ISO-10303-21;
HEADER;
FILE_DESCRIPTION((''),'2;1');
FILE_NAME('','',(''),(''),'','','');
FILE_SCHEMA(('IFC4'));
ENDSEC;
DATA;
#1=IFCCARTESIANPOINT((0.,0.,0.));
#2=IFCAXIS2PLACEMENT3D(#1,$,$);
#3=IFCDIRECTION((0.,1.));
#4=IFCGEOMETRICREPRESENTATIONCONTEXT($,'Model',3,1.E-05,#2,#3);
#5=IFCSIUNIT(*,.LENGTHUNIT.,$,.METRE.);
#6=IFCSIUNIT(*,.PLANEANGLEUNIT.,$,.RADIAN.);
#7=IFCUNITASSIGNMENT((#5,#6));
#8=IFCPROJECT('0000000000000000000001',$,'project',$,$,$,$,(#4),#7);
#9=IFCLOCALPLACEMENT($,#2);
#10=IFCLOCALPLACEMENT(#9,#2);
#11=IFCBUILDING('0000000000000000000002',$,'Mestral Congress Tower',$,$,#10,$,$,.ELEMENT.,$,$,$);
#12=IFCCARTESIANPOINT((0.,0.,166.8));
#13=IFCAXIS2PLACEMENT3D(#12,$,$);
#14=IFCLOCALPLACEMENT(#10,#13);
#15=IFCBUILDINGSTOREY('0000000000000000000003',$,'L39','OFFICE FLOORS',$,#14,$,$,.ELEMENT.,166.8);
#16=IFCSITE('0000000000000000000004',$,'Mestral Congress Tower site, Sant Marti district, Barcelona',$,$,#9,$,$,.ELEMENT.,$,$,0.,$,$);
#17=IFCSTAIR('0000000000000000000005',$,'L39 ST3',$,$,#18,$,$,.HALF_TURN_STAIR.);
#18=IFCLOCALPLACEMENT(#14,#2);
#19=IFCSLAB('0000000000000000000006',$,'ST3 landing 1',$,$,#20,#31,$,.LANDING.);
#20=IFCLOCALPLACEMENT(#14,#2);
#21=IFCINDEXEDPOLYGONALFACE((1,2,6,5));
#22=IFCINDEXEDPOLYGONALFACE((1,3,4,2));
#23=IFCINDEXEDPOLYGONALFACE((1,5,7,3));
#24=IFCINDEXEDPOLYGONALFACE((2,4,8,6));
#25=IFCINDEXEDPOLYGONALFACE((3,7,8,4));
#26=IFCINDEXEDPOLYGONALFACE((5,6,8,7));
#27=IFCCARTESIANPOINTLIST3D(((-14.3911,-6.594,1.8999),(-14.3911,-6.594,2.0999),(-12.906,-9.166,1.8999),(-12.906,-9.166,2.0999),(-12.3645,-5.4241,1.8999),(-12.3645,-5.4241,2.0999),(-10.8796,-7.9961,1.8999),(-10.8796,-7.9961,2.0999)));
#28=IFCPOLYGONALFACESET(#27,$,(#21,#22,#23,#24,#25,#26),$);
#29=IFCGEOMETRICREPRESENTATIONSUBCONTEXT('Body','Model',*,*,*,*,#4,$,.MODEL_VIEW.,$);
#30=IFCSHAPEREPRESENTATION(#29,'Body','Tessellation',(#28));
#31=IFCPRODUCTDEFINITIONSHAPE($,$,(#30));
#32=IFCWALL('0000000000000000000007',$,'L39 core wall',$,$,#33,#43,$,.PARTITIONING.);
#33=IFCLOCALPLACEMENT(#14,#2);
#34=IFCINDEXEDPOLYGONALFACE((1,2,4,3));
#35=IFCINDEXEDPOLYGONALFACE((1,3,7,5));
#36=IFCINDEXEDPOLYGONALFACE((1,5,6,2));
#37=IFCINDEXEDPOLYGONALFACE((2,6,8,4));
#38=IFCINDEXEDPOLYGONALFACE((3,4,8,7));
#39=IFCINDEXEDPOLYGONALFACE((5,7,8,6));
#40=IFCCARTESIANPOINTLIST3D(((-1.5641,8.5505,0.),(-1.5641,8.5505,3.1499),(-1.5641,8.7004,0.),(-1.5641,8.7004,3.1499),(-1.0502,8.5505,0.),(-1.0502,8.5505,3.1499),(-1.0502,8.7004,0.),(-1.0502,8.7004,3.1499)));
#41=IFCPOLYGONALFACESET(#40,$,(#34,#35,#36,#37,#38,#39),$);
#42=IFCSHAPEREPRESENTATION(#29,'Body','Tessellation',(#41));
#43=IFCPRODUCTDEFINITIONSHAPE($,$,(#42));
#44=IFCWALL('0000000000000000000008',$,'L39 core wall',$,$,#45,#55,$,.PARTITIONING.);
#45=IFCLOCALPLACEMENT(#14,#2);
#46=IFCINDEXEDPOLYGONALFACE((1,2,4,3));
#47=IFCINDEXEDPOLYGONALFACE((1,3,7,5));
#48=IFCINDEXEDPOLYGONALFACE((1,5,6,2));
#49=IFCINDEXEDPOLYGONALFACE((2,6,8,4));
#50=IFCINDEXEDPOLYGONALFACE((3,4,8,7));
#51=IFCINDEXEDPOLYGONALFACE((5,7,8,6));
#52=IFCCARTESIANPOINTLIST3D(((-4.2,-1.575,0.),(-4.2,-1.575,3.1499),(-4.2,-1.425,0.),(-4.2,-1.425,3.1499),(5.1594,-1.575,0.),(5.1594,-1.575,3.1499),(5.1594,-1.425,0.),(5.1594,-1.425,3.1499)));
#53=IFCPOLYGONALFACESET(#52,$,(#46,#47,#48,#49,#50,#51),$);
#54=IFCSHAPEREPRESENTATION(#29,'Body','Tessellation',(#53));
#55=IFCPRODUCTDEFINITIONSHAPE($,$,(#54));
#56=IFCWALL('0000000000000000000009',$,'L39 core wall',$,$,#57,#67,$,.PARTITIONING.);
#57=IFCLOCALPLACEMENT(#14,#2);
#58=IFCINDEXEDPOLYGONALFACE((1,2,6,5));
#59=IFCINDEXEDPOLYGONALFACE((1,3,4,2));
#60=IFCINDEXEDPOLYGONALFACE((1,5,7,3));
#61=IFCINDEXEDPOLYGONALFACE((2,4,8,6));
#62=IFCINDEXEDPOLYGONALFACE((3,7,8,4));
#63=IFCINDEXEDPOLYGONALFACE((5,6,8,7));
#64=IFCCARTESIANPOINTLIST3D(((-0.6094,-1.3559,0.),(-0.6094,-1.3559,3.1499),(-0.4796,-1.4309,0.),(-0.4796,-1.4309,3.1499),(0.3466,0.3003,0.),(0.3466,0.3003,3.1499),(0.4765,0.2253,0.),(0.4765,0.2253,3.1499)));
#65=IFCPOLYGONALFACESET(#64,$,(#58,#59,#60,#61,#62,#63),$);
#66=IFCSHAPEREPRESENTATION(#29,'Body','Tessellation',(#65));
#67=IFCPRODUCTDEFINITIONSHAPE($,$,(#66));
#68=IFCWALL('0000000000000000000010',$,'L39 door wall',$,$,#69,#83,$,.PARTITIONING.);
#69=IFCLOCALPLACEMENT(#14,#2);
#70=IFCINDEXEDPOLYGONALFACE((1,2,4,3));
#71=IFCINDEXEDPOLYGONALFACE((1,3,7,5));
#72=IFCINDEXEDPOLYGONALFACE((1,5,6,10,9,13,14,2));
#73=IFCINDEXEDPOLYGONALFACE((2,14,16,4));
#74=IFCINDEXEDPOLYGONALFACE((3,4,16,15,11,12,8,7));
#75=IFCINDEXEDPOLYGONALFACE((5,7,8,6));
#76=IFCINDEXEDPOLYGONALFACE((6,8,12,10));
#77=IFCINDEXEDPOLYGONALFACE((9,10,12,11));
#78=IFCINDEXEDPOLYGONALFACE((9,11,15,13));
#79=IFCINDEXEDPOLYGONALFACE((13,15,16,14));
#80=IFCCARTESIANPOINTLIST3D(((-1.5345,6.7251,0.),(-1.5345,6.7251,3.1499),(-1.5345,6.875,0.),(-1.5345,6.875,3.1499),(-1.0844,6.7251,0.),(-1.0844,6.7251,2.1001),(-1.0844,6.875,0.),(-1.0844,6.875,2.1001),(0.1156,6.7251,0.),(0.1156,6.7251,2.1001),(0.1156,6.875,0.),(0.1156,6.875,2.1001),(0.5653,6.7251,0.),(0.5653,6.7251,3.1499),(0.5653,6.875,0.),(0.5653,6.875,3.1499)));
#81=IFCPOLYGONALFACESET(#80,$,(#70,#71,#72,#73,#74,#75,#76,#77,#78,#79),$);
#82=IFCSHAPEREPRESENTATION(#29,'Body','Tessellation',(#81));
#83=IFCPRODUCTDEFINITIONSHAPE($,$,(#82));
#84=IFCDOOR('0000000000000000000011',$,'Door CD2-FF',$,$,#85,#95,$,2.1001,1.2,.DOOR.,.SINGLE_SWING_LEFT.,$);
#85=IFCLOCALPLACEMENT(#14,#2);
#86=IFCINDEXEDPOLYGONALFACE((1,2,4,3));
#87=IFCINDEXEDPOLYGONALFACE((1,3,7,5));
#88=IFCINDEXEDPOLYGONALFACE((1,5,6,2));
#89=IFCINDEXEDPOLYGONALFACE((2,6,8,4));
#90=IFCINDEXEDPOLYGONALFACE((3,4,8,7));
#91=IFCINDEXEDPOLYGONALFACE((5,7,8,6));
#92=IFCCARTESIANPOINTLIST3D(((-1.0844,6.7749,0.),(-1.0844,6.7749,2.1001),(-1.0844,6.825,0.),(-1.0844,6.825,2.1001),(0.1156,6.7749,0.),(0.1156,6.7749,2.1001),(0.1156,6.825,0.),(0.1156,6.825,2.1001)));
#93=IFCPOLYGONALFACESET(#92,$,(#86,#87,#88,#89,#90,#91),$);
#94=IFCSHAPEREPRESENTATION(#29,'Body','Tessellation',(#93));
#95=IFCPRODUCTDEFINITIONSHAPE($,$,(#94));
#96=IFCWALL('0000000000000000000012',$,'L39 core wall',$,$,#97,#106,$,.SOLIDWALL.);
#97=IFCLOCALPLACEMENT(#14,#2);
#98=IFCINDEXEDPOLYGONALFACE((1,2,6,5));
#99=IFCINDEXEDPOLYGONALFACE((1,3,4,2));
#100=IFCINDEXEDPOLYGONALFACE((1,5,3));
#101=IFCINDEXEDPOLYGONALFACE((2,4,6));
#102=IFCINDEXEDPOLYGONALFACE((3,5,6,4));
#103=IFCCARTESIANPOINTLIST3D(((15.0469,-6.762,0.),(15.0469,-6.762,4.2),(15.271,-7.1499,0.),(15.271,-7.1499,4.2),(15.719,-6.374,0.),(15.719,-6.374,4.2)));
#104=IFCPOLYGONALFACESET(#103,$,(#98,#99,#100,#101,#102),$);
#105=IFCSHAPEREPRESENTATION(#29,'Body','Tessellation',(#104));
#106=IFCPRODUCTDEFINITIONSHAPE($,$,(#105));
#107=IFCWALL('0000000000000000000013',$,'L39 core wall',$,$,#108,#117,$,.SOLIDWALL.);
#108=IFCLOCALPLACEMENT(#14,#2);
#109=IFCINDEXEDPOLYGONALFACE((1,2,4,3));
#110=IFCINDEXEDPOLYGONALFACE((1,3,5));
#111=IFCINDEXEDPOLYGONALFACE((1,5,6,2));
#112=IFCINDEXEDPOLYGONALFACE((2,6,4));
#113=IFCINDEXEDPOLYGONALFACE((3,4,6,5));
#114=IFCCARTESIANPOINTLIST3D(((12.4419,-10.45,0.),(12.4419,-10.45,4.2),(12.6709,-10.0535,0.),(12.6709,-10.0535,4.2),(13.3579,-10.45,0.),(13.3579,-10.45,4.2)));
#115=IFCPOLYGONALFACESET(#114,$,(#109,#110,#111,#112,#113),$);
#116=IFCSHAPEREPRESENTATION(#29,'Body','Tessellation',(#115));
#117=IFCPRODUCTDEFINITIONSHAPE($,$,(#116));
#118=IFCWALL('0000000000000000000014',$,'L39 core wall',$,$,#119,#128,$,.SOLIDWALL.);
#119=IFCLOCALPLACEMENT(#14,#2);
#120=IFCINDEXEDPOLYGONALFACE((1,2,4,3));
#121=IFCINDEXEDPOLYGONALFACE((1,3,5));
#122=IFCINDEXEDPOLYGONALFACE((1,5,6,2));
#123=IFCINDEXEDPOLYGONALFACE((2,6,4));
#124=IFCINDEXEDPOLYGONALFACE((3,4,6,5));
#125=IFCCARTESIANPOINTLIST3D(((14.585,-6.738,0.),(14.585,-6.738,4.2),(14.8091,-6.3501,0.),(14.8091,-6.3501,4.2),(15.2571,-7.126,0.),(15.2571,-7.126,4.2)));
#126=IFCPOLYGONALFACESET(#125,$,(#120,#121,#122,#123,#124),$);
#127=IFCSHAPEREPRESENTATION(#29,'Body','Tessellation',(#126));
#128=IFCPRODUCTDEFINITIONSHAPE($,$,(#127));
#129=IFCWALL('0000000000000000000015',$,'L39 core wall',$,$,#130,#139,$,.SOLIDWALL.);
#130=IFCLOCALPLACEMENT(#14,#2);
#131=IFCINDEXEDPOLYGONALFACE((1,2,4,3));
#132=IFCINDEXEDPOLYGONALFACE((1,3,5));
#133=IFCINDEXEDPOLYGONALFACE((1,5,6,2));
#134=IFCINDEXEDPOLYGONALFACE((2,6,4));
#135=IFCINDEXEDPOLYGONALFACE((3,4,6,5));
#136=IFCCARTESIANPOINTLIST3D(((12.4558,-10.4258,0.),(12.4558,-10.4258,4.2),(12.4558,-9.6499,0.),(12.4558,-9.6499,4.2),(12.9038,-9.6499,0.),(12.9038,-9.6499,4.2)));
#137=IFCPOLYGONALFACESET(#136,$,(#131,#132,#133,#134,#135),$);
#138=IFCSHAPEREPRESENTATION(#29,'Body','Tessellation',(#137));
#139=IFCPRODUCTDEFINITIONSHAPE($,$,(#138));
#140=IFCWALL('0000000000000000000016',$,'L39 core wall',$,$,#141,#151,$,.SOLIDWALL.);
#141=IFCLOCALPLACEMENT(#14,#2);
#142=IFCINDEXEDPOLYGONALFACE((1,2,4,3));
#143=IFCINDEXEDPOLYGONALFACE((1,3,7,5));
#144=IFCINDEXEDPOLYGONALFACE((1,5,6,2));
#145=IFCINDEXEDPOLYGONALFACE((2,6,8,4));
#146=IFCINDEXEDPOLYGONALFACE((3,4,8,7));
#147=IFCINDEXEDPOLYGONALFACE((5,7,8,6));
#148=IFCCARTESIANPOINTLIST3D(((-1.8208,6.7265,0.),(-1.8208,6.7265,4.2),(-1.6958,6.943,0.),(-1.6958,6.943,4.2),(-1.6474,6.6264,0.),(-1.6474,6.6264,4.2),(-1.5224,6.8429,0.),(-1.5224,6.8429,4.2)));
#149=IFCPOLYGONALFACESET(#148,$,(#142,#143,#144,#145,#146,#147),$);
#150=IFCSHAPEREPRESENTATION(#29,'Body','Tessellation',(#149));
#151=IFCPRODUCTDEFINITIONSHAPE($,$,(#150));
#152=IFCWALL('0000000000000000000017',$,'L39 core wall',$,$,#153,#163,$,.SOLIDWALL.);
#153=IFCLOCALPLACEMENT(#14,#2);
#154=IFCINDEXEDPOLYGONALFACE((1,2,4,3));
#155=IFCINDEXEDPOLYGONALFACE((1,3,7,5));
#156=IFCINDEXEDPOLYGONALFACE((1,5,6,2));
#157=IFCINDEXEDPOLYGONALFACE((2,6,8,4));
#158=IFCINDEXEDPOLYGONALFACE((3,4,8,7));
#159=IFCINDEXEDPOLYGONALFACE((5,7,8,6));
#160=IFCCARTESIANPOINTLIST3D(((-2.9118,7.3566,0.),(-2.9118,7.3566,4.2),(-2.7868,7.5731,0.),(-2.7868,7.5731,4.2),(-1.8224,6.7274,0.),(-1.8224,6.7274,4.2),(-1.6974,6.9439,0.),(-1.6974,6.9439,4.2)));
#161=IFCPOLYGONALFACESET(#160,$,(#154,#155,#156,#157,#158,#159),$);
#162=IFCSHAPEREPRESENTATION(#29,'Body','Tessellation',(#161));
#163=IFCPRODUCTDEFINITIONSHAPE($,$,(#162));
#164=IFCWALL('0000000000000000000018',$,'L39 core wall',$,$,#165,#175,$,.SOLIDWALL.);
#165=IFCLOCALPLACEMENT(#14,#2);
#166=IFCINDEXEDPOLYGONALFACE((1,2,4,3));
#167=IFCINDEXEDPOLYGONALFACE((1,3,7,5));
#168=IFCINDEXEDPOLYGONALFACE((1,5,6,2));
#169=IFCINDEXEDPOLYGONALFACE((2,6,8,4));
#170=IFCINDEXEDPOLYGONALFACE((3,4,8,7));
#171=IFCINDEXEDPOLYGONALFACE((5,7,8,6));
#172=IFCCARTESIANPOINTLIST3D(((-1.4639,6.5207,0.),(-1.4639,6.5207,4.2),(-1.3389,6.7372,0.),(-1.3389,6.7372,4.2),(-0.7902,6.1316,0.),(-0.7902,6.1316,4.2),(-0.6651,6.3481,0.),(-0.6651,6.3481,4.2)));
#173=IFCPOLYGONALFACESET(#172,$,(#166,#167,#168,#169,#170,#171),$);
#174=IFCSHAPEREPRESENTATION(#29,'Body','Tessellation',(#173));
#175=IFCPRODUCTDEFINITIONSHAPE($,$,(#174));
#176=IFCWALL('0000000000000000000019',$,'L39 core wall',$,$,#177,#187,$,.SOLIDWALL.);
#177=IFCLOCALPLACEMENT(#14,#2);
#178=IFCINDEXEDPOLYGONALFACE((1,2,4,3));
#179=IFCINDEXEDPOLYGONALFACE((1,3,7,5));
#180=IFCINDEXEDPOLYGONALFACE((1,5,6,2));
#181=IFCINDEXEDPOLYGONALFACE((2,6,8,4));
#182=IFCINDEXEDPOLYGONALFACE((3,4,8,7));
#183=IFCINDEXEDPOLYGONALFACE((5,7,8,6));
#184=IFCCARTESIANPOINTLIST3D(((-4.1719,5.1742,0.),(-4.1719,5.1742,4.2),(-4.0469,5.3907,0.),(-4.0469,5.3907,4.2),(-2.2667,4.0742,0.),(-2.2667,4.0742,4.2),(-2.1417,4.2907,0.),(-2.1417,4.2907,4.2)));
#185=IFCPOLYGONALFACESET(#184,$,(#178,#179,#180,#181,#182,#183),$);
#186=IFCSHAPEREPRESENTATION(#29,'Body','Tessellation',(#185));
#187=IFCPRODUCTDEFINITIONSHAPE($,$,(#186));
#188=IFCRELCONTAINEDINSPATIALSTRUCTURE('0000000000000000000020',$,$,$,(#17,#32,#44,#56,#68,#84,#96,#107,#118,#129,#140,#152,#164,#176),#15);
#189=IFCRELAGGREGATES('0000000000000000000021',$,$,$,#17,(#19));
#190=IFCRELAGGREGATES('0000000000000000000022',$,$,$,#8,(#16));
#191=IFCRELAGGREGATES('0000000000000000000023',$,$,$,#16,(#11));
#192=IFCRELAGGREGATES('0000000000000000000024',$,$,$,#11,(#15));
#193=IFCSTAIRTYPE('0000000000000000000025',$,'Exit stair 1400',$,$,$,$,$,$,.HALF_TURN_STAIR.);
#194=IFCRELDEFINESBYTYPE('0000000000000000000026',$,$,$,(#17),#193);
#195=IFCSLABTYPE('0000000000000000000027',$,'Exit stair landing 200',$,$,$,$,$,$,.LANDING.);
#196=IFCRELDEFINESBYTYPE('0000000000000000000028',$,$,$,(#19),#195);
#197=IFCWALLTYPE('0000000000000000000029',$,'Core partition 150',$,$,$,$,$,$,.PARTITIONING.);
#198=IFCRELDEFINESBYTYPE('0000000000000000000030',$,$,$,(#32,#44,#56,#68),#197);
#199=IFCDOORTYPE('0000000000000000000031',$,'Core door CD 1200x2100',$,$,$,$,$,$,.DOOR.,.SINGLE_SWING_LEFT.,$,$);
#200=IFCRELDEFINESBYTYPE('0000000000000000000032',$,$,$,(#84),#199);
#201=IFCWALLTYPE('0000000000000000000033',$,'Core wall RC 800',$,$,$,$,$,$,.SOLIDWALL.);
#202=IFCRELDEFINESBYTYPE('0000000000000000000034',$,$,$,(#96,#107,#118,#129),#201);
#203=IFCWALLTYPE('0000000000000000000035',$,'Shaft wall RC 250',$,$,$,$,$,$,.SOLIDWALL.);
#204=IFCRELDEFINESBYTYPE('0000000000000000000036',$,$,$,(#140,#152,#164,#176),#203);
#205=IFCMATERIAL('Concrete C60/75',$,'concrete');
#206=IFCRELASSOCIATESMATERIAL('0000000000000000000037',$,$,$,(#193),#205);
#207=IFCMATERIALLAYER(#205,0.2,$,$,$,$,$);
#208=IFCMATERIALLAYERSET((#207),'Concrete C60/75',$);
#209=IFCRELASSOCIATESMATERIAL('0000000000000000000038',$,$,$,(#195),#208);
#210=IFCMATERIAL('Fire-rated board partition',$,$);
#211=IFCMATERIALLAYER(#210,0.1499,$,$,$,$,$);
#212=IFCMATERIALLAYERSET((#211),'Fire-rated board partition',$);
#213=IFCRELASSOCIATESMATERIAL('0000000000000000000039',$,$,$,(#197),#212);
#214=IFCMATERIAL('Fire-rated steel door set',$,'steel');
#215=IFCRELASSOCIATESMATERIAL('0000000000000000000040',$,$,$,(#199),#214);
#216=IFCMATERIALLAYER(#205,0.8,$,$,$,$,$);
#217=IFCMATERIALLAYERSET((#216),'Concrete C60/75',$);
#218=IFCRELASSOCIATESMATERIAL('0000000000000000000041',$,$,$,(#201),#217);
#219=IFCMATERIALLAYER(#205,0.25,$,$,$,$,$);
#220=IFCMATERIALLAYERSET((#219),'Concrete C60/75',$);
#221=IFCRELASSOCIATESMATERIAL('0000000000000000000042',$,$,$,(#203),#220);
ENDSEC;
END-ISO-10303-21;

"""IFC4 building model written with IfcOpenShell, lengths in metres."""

from ifc_helpers import new_model, si_unit, direction, frame, frame_2d, origin, place, context, subcontext, project, spatial, polyline, rectangle, outline, extrude, material, layer, layer_set, type_object, element, fill, aggregate, save


model = new_model("IFC4")

# Units and contexts
model_context = context("Model", 3, precision=1e-05, world=origin(), true_north=direction((0.0, 1.0)))
body_context = subcontext(model_context, "Body", "Model", "MODEL_VIEW")
ifc_project = project(units=[si_unit("LENGTHUNIT", "METRE"), si_unit("PLANEANGLEUNIT", "RADIAN")], contexts=[model_context])

# Site, building, storey
site_placement = place(None, origin())
site = spatial("IfcSite", under=ifc_project, at=site_placement, Name="Mestral Congress Tower site, Sant Marti district, Barcelona", CompositionType="ELEMENT", RefElevation=0.0)
building_placement = place(site_placement, origin())
building = spatial("IfcBuilding", under=site, at=building_placement, Name="Mestral Congress Tower", CompositionType="ELEMENT")
storey_placement = place(building_placement, frame((0.0, 0.0, 166.8)))
storey = spatial("IfcBuildingStorey", under=building, at=storey_placement, Name="L39", Description="OFFICE FLOORS", CompositionType="ELEMENT", Elevation=166.8)

# Shared definitions
ifc_material_1 = material(Name="Concrete C60/75", Category="concrete")

# Stair, slab
stair_type = type_object("IfcStairType", Name="Exit stair 1400", PredefinedType="HALF_TURN_STAIR", material=ifc_material_1)
placement_1 = place(storey_placement, origin())
ifc_layer_1 = layer(ifc_material_1, 0.2)
ifc_layer_set_1 = layer_set([ifc_layer_1], Name="Concrete C60/75")
slab_type_1 = type_object("IfcSlabType", Name="Exit stair landing 200", PredefinedType="LANDING", material=ifc_layer_set_1)
placement_2 = place(storey_placement, frame((0.0, 0.0, 1.8999)))
stair_1 = element("IfcStair", 1, at=placement_1, inside=storey, type_object=stair_type, Name="L39 ST3", PredefinedType="HALF_TURN_STAIR")
slab_1 = element("IfcSlab", 2, at=placement_2, type_object=slab_type_1, Name="ST3 landing 1", PredefinedType="LANDING", context=body_context, shape_type="SweptSolid", body=[
    extrude(outline(polyline([(-12.3645, -5.4241), (-10.8796, -7.9961), (-12.906, -9.166), (-14.3911, -6.594), (-12.3645, -5.4241)])), origin(), (0.0, 0.0, 1.0), 0.2),
])
aggregate(stair_1, [slab_1])

# Walls
ifc_material_2 = material(Name="Fire-rated board partition")
ifc_layer_2 = layer(ifc_material_2, 0.1499)
ifc_layer_set_2 = layer_set([ifc_layer_2], Name="Fire-rated board partition")
wall_type_1 = type_object("IfcWallType", Name="Core partition 150", PredefinedType="PARTITIONING", material=ifc_layer_set_2)
wall_1_placement = place(storey_placement, frame((-1.564, 8.6255, 0.0), z_axis=(0.0, 0.0, 1.0), x_axis=(1.0, 0.0, 0.0)))
element("IfcWall", 3, at=wall_1_placement, inside=storey, type_object=wall_type_1, Name="L39 core wall", PredefinedType="PARTITIONING", context=body_context, shape_type="SweptSolid", body=[
    extrude(rectangle(XDim=0.5139, YDim=0.1499, at=frame_2d((0.2568, 0.0))), origin(), (0.0, 0.0, 1.0), 3.1499),
])
wall_2_placement = place(storey_placement, frame((-4.2, -1.5, 0.0), z_axis=(0.0, 0.0, 1.0), x_axis=(1.0, 0.0, 0.0)))
element("IfcWall", 4, at=wall_2_placement, inside=storey, type_object=wall_type_1, Name="L39 core wall", PredefinedType="PARTITIONING", context=body_context, shape_type="SweptSolid", body=[
    extrude(rectangle(XDim=9.3594, YDim=0.1499, at=frame_2d((4.6797, 0.0))), origin(), (0.0, 0.0, 1.0), 3.1499),
])
wall_3_placement = place(storey_placement, frame((-0.5444, -1.3933, 0.0), z_axis=(0.0, 0.0, 1.0), x_axis=(0.499929, 0.866067, 0.0)))
element("IfcWall", 5, at=wall_3_placement, inside=storey, type_object=wall_type_1, Name="L39 core wall", PredefinedType="PARTITIONING", context=body_context, shape_type="SweptSolid", body=[
    extrude(rectangle(XDim=1.9124, YDim=0.1499, at=frame_2d((0.9561, 0.0))), origin(), (0.0, 0.0, 1.0), 3.1499),
])

# Wall, opening, door
wall_4_placement = place(storey_placement, frame((-1.5344, 6.8, 0.0), z_axis=(0.0, 0.0, 1.0), x_axis=(1.0, 0.0, 0.0)))
wall_4 = element("IfcWall", 6, at=wall_4_placement, inside=storey, type_object=wall_type_1, Name="L39 door wall", PredefinedType="PARTITIONING", context=body_context, shape_type="SweptSolid", body=[
    extrude(rectangle(XDim=2.0999, YDim=0.1499, at=frame_2d((1.0498, 0.0))), origin(), (0.0, 0.0, 1.0), 3.1499),
])
opening_1_placement = place(wall_4_placement, frame((0.45, 0.0, 0.0)))
opening_1 = element("IfcOpeningElement", 7, at=opening_1_placement, cuts=wall_4, PredefinedType="OPENING", context=body_context, shape_type="SweptSolid", body=[
    extrude(rectangle(XDim=1.2, YDim=2.1001, at=frame_2d((0.6001, 1.05))), frame((0.0, 0.085, 0.0), z_axis=(0.0, -1.0, 0.0), x_axis=(1.0, 0.0, 0.0)), (0.0, 0.0, 1.0), 0.1699),
])
ifc_material_3 = material(Name="Fire-rated steel door set", Category="steel")
door_type_1 = type_object("IfcDoorType", Name="Core door CD 1200x2100", OperationType="SINGLE_SWING_LEFT", PredefinedType="DOOR", material=ifc_material_3)
door_1_placement = place(opening_1_placement, origin())
door_1 = element("IfcDoor", 8, at=door_1_placement, inside=storey, type_object=door_type_1, Name="Door CD2-FF", OperationType="SINGLE_SWING_LEFT", OverallHeight=2.1001, OverallWidth=1.2, PredefinedType="DOOR", context=body_context, shape_type="SweptSolid", body=[
    extrude(rectangle(XDim=1.2, YDim=2.1001, at=frame_2d((0.6001, 1.05))), frame((0.0, 0.0249, 0.0), z_axis=(0.0, -1.0, 0.0), x_axis=(1.0, 0.0, 0.0)), (0.0, 0.0, 1.0), 0.05),
])
fill(opening_1, door_1)

# Walls
ifc_layer_3 = layer(ifc_material_1, 0.8)
ifc_layer_set_3 = layer_set([ifc_layer_3], Name="Concrete C60/75")
wall_type_2 = type_object("IfcWallType", Name="Core wall RC 800", PredefinedType="SOLIDWALL", material=ifc_layer_set_3)
element("IfcWall", 9, at=placement_1, inside=storey, type_object=wall_type_2, Name="L39 core wall", PredefinedType="SOLIDWALL", context=body_context, shape_type="SweptSolid", body=[
    extrude(outline(polyline([(15.271, -7.1499), (15.0469, -6.762), (15.719, -6.374), (15.271, -7.1499)])), origin(), (0.0, 0.0, 1.0), 4.2),
])
element("IfcWall", 10, at=placement_1, inside=storey, type_object=wall_type_2, Name="L39 core wall", PredefinedType="SOLIDWALL", context=body_context, shape_type="SweptSolid", body=[
    extrude(outline(polyline([(12.4419, -10.45), (12.6709, -10.0535), (13.3579, -10.45), (12.4419, -10.45)])), origin(), (0.0, 0.0, 1.0), 4.2),
])
element("IfcWall", 11, at=placement_1, inside=storey, type_object=wall_type_2, Name="L39 core wall", PredefinedType="SOLIDWALL", context=body_context, shape_type="SweptSolid", body=[
    extrude(outline(polyline([(14.8091, -6.3501), (15.2571, -7.126), (14.585, -6.738), (14.8091, -6.3501)])), origin(), (0.0, 0.0, 1.0), 4.2),
])
element("IfcWall", 12, at=placement_1, inside=storey, type_object=wall_type_2, Name="L39 core wall", PredefinedType="SOLIDWALL", context=body_context, shape_type="SweptSolid", body=[
    extrude(outline(polyline([(12.9038, -9.6499), (12.4558, -10.4258), (12.4558, -9.6499), (12.9038, -9.6499)])), origin(), (0.0, 0.0, 1.0), 4.2),
])
ifc_layer_4 = layer(ifc_material_1, 0.25)
ifc_layer_set_4 = layer_set([ifc_layer_4], Name="Concrete C60/75")
wall_type_3 = type_object("IfcWallType", Name="Shaft wall RC 250", PredefinedType="SOLIDWALL", material=ifc_layer_set_4)
wall_5_placement = place(storey_placement, frame((-1.7583, 6.8347, 0.0), z_axis=(0.0, 0.0, 1.0), x_axis=(0.865982, -0.500074, 0.0)))
element("IfcWall", 13, at=wall_5_placement, inside=storey, type_object=wall_type_3, Name="L39 core wall", PredefinedType="SOLIDWALL", context=body_context, shape_type="SweptSolid", body=[
    extrude(rectangle(XDim=0.2002, YDim=0.25, at=frame_2d((0.1001, 0.0))), origin(), (0.0, 0.0, 1.0), 4.2),
])
wall_6_placement = place(storey_placement, frame((-1.76, 6.8357, 0.0), z_axis=(0.0, 0.0, 1.0), x_axis=(-0.865953, 0.500126, 0.0)))
element("IfcWall", 14, at=wall_6_placement, inside=storey, type_object=wall_type_3, Name="L39 core wall", PredefinedType="SOLIDWALL", context=body_context, shape_type="SweptSolid", body=[
    extrude(rectangle(XDim=1.2581, YDim=0.25, at=frame_2d((0.6289, 0.0))), origin(), (0.0, 0.0, 1.0), 4.2),
])
wall_7_placement = place(storey_placement, frame((-0.7275, 6.2397, 0.0), z_axis=(0.0, 0.0, 1.0), x_axis=(-0.865956, 0.500121, 0.0)))
element("IfcWall", 15, at=wall_7_placement, inside=storey, type_object=wall_type_3, Name="L39 core wall", PredefinedType="SOLIDWALL", context=body_context, shape_type="SweptSolid", body=[
    extrude(rectangle(XDim=0.7781, YDim=0.25, at=frame_2d((0.3892, 0.0))), origin(), (0.0, 0.0, 1.0), 4.2),
])
for number, where, z_axis, x_axis, name in (
    (16, (-2.2041, 4.1824, 0.0), (0.0, 0.0, 1.0), (-0.866008, 0.50003, 0.0), "L39 core wall"),
):
    element("IfcWall", number, at=place(storey_placement, frame(where, z_axis=z_axis, x_axis=x_axis)), inside=storey, type_object=wall_type_3, Name=name, PredefinedType="SOLIDWALL", context=body_context, shape_type="SweptSolid", body=[
        extrude(rectangle(XDim=2.2, YDim=0.25, at=frame_2d((1.1001, 0.0))), origin(), (0.0, 0.0, 1.0), 4.2),
    ])

save(model, "model.ifc")
